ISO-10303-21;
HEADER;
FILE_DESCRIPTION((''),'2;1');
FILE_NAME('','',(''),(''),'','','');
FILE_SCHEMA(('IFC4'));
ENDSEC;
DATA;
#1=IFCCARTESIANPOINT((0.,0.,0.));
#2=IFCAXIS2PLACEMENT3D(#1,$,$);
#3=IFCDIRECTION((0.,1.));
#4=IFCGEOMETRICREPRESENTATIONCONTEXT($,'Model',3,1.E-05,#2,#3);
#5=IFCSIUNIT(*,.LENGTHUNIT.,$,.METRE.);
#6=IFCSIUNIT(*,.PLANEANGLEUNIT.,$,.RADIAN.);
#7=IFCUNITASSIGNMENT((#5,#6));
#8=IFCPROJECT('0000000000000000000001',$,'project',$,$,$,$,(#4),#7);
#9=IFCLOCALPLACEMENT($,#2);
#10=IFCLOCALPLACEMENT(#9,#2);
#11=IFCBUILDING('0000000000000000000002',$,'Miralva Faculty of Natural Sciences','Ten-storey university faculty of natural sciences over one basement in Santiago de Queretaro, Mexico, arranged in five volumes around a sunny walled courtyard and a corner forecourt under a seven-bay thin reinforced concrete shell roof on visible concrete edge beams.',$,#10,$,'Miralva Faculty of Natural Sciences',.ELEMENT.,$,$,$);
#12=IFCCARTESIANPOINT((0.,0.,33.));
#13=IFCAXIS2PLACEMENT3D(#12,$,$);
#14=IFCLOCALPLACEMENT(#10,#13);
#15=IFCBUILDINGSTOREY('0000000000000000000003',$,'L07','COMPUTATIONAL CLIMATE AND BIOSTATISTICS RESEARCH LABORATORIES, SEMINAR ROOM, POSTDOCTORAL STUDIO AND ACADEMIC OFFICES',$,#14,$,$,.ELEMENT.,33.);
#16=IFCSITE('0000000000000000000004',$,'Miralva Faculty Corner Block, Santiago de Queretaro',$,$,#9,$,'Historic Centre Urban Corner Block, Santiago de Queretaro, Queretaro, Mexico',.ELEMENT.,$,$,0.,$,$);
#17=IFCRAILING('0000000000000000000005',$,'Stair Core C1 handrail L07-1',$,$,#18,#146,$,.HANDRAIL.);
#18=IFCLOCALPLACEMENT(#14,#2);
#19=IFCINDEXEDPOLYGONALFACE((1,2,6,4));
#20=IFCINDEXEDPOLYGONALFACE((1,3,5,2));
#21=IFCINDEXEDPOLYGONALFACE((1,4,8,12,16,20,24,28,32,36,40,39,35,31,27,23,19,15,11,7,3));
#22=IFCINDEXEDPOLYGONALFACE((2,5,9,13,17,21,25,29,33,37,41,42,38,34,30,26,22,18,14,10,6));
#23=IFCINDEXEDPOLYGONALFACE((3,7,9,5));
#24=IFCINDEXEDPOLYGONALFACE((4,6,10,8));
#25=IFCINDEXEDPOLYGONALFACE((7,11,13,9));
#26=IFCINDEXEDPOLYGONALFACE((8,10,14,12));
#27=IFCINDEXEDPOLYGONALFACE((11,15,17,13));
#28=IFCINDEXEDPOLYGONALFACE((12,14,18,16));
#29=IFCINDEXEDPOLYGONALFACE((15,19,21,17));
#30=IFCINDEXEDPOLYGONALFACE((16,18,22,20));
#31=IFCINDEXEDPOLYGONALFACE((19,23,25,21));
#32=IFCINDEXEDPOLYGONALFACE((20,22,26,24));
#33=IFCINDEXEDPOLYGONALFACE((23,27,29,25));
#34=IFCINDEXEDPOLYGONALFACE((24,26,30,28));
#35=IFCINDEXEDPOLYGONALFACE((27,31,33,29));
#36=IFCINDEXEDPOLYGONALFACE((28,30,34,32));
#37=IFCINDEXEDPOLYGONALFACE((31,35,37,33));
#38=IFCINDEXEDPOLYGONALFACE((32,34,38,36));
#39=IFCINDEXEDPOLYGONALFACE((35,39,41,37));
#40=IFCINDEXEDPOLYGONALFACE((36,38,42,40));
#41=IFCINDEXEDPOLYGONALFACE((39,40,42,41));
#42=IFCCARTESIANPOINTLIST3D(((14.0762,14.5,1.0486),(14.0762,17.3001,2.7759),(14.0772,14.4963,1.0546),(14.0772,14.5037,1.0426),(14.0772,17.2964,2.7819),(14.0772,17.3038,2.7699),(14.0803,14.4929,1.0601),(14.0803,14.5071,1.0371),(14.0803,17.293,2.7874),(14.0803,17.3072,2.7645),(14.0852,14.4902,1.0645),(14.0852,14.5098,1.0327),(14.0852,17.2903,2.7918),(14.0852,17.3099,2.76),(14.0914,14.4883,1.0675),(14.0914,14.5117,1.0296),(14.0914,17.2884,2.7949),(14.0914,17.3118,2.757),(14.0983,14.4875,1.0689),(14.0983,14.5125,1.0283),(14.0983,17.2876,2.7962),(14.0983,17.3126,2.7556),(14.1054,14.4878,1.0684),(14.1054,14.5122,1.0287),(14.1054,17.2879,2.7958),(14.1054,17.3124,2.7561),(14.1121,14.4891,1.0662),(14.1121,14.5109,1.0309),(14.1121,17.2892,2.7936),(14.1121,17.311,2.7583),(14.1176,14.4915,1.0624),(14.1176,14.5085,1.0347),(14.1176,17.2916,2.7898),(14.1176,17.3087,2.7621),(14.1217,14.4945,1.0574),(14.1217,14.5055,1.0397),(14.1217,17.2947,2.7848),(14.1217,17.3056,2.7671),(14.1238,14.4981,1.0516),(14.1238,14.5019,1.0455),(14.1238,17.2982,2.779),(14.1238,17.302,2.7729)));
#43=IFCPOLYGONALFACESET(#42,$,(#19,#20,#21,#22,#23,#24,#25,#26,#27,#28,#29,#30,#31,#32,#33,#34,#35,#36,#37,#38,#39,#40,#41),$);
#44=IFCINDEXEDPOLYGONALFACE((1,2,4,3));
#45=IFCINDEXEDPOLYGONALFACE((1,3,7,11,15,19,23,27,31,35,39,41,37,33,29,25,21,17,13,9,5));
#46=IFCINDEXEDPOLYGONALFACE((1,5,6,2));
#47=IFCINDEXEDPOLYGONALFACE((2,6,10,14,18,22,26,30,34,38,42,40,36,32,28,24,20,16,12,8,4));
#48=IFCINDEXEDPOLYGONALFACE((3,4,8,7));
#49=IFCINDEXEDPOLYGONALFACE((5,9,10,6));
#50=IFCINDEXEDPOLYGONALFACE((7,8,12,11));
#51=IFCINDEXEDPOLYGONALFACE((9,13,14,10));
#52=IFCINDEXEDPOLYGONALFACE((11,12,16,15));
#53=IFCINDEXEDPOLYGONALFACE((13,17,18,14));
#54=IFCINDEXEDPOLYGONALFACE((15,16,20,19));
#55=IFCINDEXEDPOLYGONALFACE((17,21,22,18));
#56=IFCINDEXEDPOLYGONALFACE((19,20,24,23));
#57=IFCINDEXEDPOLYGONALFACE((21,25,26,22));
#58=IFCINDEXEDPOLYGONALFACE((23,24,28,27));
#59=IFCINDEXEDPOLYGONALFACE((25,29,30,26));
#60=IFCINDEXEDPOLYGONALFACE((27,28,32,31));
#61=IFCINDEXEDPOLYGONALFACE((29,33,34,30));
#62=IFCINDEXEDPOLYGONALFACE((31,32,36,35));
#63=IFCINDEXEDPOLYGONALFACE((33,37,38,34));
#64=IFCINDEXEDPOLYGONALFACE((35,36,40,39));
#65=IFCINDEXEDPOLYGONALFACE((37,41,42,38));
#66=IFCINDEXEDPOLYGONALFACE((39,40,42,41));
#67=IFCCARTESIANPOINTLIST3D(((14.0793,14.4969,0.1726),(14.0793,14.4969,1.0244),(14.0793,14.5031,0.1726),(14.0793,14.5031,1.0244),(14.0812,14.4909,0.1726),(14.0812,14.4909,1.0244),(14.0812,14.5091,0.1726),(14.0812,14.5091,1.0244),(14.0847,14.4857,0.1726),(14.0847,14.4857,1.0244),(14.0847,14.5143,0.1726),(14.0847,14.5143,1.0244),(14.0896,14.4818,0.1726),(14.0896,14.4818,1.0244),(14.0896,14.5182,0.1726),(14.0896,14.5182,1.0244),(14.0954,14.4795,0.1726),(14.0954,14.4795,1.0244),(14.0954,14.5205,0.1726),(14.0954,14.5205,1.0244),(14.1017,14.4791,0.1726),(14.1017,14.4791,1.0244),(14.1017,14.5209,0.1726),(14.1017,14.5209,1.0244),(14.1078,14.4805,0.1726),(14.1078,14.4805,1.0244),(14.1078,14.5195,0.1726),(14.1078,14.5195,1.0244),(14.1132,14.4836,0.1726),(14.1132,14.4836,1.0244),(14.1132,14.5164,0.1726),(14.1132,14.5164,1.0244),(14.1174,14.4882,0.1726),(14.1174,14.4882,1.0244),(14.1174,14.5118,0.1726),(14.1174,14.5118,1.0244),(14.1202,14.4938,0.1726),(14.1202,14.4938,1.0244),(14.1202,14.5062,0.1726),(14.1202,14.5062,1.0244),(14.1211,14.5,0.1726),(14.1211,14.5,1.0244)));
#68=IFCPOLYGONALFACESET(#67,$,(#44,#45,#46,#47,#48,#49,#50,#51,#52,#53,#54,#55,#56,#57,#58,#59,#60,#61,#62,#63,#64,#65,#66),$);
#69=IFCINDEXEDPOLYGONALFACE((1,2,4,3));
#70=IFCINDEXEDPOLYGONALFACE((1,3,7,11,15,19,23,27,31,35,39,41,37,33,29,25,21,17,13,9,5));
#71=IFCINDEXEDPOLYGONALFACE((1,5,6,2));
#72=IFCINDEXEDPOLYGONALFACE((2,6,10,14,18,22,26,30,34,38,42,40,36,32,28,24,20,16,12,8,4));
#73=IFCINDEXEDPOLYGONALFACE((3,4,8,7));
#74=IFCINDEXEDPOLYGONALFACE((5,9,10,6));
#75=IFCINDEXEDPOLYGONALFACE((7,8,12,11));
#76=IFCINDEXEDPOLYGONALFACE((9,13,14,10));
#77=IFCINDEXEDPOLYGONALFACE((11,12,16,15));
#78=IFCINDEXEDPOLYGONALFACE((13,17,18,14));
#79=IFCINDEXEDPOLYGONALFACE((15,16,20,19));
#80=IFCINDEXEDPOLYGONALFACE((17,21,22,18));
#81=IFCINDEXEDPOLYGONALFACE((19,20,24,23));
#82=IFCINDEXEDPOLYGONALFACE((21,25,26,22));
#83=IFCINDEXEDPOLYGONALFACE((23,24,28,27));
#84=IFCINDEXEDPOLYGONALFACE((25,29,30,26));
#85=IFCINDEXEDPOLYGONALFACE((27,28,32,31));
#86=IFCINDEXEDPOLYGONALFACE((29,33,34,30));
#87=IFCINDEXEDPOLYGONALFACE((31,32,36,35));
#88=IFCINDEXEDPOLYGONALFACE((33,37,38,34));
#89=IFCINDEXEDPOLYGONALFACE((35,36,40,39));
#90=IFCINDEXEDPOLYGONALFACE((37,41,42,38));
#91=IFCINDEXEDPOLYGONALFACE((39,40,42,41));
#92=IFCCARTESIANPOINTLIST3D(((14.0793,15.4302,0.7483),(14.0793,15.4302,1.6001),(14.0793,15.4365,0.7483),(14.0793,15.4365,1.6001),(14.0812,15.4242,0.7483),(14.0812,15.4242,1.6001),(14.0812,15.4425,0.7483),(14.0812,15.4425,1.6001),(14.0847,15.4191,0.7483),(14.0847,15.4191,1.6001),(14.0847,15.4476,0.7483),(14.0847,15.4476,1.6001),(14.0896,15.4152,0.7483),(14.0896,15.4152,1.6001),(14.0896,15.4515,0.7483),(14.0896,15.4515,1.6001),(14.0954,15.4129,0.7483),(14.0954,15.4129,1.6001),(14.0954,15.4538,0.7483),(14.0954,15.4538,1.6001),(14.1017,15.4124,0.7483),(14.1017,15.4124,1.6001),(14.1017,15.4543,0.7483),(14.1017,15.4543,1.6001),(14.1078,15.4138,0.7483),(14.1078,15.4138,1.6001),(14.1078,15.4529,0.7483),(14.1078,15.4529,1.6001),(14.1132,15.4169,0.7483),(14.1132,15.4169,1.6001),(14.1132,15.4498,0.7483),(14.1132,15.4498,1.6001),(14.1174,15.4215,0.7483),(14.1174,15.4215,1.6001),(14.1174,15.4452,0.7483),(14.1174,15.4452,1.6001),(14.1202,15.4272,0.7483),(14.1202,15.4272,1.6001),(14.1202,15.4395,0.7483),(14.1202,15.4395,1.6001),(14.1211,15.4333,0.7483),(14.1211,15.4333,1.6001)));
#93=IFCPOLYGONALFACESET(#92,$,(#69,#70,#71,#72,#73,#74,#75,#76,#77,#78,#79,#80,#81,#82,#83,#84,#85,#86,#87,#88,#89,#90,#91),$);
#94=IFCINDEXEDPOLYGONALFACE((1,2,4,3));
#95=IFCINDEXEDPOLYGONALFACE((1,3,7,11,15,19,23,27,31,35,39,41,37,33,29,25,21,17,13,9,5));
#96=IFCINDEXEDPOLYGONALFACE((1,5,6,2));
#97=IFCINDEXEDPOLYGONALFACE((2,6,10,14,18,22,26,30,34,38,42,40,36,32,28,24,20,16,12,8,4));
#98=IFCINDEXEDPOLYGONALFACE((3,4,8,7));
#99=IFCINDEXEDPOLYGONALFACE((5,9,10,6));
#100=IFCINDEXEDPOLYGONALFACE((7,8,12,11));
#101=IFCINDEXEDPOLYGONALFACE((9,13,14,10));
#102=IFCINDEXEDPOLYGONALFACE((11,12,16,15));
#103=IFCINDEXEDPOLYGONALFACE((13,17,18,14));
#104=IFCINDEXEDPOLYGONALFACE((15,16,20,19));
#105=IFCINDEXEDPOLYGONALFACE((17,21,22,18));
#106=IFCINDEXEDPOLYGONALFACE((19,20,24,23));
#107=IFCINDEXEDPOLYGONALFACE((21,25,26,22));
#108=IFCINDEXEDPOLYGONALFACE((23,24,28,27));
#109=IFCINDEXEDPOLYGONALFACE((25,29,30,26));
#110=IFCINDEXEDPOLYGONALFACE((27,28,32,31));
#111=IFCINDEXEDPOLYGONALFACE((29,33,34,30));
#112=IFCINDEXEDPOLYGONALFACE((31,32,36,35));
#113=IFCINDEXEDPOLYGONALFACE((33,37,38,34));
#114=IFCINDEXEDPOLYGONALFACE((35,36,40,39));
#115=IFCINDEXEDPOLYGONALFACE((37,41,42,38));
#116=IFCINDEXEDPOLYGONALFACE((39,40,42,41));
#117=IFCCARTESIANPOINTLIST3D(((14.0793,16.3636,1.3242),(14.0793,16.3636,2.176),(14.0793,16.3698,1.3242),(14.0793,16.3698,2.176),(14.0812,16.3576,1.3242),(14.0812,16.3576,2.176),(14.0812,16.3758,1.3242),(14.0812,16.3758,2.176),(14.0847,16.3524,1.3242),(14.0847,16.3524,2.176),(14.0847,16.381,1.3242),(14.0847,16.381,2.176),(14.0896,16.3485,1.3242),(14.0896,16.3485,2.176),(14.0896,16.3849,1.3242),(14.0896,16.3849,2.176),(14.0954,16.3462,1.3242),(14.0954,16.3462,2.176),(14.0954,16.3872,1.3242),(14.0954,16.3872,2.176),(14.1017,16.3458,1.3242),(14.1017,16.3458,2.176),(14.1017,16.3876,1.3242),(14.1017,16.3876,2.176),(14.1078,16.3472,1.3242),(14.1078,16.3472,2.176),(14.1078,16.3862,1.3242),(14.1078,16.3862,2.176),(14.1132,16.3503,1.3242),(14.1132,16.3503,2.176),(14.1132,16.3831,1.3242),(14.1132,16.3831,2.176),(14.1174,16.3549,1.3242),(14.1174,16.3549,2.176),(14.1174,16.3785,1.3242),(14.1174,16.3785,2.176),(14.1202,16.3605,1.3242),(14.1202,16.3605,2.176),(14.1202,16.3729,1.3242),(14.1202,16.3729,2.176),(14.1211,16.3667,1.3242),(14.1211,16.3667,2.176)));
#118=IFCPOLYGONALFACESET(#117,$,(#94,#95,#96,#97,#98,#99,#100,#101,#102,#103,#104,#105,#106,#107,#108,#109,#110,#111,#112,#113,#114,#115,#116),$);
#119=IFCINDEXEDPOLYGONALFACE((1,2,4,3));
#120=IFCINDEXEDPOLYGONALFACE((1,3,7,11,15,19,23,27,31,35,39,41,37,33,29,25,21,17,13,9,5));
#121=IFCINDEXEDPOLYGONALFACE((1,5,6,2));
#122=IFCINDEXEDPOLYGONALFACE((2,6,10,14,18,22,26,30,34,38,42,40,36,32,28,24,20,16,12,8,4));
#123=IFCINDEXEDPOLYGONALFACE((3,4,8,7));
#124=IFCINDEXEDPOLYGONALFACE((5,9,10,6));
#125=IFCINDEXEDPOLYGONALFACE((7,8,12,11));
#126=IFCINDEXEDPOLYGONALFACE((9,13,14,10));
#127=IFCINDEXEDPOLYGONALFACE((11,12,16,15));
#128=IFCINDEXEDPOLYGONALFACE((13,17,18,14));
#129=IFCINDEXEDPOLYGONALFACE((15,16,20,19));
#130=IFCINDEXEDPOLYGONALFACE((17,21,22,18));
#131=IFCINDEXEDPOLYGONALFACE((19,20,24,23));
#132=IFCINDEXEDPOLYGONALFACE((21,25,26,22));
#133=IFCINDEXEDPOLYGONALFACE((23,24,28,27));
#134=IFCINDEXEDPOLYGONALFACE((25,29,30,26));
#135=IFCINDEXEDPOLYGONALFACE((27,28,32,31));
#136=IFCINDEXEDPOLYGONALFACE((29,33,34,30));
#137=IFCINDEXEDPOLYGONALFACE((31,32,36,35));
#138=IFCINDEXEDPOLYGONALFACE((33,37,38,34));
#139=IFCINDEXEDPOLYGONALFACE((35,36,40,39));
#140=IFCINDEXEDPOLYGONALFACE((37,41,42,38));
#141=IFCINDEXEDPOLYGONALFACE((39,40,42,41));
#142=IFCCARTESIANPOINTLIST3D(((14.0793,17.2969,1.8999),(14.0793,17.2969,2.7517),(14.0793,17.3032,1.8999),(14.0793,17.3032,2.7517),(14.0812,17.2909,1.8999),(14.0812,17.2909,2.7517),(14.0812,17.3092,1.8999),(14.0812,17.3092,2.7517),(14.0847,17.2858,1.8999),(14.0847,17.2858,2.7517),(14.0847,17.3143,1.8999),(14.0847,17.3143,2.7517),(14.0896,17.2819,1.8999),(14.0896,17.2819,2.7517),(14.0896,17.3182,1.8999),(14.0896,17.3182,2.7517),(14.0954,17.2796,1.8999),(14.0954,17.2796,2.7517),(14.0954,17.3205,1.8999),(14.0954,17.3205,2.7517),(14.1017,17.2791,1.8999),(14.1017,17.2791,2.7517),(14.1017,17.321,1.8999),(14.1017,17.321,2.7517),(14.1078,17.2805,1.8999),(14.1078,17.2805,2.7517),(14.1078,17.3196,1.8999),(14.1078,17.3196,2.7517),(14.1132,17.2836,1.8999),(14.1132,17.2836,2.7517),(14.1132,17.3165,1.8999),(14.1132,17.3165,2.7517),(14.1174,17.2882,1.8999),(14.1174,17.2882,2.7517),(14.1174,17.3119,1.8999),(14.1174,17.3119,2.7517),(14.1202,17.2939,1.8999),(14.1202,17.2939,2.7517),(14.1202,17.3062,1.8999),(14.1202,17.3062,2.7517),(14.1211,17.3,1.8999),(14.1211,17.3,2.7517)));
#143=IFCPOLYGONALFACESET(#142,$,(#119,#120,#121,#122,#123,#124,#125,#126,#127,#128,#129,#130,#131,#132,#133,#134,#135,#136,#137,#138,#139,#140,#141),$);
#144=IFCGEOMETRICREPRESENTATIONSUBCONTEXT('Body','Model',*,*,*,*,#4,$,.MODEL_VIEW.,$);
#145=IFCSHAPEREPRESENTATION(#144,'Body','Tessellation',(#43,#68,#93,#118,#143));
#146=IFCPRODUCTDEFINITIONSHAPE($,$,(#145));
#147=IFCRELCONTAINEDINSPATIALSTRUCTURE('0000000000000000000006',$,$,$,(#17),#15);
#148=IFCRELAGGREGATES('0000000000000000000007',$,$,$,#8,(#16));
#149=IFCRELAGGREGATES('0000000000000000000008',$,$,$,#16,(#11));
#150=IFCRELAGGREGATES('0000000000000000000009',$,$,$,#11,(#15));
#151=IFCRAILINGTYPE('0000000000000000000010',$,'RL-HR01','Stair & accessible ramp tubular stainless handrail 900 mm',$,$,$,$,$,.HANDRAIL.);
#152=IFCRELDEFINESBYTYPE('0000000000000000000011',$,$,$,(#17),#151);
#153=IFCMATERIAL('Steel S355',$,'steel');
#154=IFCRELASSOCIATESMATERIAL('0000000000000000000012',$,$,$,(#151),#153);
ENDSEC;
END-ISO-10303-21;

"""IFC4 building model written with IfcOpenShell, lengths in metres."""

from ifc_helpers import new_model, si_unit, direction, frame, origin, origin_2d, place, context, subcontext, project, spatial, circle, extrude, material, type_object, element, save


model = new_model("IFC4")

# Units and contexts
model_context = context("Model", 3, precision=1e-05, world=origin(), true_north=direction((0.0, 1.0)))
body_context = subcontext(model_context, "Body", "Model", "MODEL_VIEW")
ifc_project = project(units=[si_unit("LENGTHUNIT", "METRE"), si_unit("PLANEANGLEUNIT", "RADIAN")], contexts=[model_context])

# Site, building, storey
site_placement = place(None, origin())
site = spatial("IfcSite", under=ifc_project, at=site_placement, Name="Miralva Faculty Corner Block, Santiago de Queretaro", LongName="Historic Centre Urban Corner Block, Santiago de Queretaro, Queretaro, Mexico", CompositionType="ELEMENT", RefElevation=0.0)
building_placement = place(site_placement, origin())
building = spatial("IfcBuilding", under=site, at=building_placement, Name="Miralva Faculty of Natural Sciences", Description="Ten-storey university faculty of natural sciences over one basement in Santiago de Queretaro, Mexico, arranged in five volumes around a sunny walled courtyard and a corner forecourt under a seven-bay thin reinforced concrete shell roof on visible concrete edge beams.", LongName="Miralva Faculty of Natural Sciences", CompositionType="ELEMENT")
storey_placement = place(building_placement, frame((0.0, 0.0, 33.0)))
storey = spatial("IfcBuildingStorey", under=building, at=storey_placement, Name="L07", Description="COMPUTATIONAL CLIMATE AND BIOSTATISTICS RESEARCH LABORATORIES, SEMINAR ROOM, POSTDOCTORAL STUDIO AND ACADEMIC OFFICES", CompositionType="ELEMENT", Elevation=33.0)

# Railing
ifc_material_1 = material(Name="Steel S355", Category="steel")
railing_type_1 = type_object("IfcRailingType", Name="RL-HR01", Description="Stair & accessible ramp tubular stainless handrail 900 mm", PredefinedType="HANDRAIL", material=ifc_material_1)
for number, where, name in (
    (1, (14.1001, 14.5, 0.1726), "Stair Core C1 handrail L07-1"),
):
    element("IfcRailing", number, at=place(storey_placement, frame(where)), inside=storey, type_object=railing_type_1, Name=name, PredefinedType="HANDRAIL", context=body_context, shape_type="SweptSolid", body=[
        extrude(circle(Radius=0.0239, at=origin_2d()), frame((0.0, 0.0, 0.876), z_axis=(0.0, 0.85109, 0.52502), x_axis=(-1.0, 0.0, 0.0)), (0.0, 0.0, 1.0), 3.29),
        extrude(circle(Radius=0.021, at=origin_2d()), origin(), (0.0, 0.0, 1.0), 0.8518),
        extrude(circle(Radius=0.021, at=origin_2d()), frame((0.0, 0.9333, 0.5757)), (0.0, 0.0, 1.0), 0.8518),
        extrude(circle(Radius=0.021, at=origin_2d()), frame((0.0, 1.8667, 1.1516)), (0.0, 0.0, 1.0), 0.8518),
        extrude(circle(Radius=0.021, at=origin_2d()), frame((0.0, 2.8, 1.7273)), (0.0, 0.0, 1.0), 0.8518),
    ])

save(model, "model.ifc")
